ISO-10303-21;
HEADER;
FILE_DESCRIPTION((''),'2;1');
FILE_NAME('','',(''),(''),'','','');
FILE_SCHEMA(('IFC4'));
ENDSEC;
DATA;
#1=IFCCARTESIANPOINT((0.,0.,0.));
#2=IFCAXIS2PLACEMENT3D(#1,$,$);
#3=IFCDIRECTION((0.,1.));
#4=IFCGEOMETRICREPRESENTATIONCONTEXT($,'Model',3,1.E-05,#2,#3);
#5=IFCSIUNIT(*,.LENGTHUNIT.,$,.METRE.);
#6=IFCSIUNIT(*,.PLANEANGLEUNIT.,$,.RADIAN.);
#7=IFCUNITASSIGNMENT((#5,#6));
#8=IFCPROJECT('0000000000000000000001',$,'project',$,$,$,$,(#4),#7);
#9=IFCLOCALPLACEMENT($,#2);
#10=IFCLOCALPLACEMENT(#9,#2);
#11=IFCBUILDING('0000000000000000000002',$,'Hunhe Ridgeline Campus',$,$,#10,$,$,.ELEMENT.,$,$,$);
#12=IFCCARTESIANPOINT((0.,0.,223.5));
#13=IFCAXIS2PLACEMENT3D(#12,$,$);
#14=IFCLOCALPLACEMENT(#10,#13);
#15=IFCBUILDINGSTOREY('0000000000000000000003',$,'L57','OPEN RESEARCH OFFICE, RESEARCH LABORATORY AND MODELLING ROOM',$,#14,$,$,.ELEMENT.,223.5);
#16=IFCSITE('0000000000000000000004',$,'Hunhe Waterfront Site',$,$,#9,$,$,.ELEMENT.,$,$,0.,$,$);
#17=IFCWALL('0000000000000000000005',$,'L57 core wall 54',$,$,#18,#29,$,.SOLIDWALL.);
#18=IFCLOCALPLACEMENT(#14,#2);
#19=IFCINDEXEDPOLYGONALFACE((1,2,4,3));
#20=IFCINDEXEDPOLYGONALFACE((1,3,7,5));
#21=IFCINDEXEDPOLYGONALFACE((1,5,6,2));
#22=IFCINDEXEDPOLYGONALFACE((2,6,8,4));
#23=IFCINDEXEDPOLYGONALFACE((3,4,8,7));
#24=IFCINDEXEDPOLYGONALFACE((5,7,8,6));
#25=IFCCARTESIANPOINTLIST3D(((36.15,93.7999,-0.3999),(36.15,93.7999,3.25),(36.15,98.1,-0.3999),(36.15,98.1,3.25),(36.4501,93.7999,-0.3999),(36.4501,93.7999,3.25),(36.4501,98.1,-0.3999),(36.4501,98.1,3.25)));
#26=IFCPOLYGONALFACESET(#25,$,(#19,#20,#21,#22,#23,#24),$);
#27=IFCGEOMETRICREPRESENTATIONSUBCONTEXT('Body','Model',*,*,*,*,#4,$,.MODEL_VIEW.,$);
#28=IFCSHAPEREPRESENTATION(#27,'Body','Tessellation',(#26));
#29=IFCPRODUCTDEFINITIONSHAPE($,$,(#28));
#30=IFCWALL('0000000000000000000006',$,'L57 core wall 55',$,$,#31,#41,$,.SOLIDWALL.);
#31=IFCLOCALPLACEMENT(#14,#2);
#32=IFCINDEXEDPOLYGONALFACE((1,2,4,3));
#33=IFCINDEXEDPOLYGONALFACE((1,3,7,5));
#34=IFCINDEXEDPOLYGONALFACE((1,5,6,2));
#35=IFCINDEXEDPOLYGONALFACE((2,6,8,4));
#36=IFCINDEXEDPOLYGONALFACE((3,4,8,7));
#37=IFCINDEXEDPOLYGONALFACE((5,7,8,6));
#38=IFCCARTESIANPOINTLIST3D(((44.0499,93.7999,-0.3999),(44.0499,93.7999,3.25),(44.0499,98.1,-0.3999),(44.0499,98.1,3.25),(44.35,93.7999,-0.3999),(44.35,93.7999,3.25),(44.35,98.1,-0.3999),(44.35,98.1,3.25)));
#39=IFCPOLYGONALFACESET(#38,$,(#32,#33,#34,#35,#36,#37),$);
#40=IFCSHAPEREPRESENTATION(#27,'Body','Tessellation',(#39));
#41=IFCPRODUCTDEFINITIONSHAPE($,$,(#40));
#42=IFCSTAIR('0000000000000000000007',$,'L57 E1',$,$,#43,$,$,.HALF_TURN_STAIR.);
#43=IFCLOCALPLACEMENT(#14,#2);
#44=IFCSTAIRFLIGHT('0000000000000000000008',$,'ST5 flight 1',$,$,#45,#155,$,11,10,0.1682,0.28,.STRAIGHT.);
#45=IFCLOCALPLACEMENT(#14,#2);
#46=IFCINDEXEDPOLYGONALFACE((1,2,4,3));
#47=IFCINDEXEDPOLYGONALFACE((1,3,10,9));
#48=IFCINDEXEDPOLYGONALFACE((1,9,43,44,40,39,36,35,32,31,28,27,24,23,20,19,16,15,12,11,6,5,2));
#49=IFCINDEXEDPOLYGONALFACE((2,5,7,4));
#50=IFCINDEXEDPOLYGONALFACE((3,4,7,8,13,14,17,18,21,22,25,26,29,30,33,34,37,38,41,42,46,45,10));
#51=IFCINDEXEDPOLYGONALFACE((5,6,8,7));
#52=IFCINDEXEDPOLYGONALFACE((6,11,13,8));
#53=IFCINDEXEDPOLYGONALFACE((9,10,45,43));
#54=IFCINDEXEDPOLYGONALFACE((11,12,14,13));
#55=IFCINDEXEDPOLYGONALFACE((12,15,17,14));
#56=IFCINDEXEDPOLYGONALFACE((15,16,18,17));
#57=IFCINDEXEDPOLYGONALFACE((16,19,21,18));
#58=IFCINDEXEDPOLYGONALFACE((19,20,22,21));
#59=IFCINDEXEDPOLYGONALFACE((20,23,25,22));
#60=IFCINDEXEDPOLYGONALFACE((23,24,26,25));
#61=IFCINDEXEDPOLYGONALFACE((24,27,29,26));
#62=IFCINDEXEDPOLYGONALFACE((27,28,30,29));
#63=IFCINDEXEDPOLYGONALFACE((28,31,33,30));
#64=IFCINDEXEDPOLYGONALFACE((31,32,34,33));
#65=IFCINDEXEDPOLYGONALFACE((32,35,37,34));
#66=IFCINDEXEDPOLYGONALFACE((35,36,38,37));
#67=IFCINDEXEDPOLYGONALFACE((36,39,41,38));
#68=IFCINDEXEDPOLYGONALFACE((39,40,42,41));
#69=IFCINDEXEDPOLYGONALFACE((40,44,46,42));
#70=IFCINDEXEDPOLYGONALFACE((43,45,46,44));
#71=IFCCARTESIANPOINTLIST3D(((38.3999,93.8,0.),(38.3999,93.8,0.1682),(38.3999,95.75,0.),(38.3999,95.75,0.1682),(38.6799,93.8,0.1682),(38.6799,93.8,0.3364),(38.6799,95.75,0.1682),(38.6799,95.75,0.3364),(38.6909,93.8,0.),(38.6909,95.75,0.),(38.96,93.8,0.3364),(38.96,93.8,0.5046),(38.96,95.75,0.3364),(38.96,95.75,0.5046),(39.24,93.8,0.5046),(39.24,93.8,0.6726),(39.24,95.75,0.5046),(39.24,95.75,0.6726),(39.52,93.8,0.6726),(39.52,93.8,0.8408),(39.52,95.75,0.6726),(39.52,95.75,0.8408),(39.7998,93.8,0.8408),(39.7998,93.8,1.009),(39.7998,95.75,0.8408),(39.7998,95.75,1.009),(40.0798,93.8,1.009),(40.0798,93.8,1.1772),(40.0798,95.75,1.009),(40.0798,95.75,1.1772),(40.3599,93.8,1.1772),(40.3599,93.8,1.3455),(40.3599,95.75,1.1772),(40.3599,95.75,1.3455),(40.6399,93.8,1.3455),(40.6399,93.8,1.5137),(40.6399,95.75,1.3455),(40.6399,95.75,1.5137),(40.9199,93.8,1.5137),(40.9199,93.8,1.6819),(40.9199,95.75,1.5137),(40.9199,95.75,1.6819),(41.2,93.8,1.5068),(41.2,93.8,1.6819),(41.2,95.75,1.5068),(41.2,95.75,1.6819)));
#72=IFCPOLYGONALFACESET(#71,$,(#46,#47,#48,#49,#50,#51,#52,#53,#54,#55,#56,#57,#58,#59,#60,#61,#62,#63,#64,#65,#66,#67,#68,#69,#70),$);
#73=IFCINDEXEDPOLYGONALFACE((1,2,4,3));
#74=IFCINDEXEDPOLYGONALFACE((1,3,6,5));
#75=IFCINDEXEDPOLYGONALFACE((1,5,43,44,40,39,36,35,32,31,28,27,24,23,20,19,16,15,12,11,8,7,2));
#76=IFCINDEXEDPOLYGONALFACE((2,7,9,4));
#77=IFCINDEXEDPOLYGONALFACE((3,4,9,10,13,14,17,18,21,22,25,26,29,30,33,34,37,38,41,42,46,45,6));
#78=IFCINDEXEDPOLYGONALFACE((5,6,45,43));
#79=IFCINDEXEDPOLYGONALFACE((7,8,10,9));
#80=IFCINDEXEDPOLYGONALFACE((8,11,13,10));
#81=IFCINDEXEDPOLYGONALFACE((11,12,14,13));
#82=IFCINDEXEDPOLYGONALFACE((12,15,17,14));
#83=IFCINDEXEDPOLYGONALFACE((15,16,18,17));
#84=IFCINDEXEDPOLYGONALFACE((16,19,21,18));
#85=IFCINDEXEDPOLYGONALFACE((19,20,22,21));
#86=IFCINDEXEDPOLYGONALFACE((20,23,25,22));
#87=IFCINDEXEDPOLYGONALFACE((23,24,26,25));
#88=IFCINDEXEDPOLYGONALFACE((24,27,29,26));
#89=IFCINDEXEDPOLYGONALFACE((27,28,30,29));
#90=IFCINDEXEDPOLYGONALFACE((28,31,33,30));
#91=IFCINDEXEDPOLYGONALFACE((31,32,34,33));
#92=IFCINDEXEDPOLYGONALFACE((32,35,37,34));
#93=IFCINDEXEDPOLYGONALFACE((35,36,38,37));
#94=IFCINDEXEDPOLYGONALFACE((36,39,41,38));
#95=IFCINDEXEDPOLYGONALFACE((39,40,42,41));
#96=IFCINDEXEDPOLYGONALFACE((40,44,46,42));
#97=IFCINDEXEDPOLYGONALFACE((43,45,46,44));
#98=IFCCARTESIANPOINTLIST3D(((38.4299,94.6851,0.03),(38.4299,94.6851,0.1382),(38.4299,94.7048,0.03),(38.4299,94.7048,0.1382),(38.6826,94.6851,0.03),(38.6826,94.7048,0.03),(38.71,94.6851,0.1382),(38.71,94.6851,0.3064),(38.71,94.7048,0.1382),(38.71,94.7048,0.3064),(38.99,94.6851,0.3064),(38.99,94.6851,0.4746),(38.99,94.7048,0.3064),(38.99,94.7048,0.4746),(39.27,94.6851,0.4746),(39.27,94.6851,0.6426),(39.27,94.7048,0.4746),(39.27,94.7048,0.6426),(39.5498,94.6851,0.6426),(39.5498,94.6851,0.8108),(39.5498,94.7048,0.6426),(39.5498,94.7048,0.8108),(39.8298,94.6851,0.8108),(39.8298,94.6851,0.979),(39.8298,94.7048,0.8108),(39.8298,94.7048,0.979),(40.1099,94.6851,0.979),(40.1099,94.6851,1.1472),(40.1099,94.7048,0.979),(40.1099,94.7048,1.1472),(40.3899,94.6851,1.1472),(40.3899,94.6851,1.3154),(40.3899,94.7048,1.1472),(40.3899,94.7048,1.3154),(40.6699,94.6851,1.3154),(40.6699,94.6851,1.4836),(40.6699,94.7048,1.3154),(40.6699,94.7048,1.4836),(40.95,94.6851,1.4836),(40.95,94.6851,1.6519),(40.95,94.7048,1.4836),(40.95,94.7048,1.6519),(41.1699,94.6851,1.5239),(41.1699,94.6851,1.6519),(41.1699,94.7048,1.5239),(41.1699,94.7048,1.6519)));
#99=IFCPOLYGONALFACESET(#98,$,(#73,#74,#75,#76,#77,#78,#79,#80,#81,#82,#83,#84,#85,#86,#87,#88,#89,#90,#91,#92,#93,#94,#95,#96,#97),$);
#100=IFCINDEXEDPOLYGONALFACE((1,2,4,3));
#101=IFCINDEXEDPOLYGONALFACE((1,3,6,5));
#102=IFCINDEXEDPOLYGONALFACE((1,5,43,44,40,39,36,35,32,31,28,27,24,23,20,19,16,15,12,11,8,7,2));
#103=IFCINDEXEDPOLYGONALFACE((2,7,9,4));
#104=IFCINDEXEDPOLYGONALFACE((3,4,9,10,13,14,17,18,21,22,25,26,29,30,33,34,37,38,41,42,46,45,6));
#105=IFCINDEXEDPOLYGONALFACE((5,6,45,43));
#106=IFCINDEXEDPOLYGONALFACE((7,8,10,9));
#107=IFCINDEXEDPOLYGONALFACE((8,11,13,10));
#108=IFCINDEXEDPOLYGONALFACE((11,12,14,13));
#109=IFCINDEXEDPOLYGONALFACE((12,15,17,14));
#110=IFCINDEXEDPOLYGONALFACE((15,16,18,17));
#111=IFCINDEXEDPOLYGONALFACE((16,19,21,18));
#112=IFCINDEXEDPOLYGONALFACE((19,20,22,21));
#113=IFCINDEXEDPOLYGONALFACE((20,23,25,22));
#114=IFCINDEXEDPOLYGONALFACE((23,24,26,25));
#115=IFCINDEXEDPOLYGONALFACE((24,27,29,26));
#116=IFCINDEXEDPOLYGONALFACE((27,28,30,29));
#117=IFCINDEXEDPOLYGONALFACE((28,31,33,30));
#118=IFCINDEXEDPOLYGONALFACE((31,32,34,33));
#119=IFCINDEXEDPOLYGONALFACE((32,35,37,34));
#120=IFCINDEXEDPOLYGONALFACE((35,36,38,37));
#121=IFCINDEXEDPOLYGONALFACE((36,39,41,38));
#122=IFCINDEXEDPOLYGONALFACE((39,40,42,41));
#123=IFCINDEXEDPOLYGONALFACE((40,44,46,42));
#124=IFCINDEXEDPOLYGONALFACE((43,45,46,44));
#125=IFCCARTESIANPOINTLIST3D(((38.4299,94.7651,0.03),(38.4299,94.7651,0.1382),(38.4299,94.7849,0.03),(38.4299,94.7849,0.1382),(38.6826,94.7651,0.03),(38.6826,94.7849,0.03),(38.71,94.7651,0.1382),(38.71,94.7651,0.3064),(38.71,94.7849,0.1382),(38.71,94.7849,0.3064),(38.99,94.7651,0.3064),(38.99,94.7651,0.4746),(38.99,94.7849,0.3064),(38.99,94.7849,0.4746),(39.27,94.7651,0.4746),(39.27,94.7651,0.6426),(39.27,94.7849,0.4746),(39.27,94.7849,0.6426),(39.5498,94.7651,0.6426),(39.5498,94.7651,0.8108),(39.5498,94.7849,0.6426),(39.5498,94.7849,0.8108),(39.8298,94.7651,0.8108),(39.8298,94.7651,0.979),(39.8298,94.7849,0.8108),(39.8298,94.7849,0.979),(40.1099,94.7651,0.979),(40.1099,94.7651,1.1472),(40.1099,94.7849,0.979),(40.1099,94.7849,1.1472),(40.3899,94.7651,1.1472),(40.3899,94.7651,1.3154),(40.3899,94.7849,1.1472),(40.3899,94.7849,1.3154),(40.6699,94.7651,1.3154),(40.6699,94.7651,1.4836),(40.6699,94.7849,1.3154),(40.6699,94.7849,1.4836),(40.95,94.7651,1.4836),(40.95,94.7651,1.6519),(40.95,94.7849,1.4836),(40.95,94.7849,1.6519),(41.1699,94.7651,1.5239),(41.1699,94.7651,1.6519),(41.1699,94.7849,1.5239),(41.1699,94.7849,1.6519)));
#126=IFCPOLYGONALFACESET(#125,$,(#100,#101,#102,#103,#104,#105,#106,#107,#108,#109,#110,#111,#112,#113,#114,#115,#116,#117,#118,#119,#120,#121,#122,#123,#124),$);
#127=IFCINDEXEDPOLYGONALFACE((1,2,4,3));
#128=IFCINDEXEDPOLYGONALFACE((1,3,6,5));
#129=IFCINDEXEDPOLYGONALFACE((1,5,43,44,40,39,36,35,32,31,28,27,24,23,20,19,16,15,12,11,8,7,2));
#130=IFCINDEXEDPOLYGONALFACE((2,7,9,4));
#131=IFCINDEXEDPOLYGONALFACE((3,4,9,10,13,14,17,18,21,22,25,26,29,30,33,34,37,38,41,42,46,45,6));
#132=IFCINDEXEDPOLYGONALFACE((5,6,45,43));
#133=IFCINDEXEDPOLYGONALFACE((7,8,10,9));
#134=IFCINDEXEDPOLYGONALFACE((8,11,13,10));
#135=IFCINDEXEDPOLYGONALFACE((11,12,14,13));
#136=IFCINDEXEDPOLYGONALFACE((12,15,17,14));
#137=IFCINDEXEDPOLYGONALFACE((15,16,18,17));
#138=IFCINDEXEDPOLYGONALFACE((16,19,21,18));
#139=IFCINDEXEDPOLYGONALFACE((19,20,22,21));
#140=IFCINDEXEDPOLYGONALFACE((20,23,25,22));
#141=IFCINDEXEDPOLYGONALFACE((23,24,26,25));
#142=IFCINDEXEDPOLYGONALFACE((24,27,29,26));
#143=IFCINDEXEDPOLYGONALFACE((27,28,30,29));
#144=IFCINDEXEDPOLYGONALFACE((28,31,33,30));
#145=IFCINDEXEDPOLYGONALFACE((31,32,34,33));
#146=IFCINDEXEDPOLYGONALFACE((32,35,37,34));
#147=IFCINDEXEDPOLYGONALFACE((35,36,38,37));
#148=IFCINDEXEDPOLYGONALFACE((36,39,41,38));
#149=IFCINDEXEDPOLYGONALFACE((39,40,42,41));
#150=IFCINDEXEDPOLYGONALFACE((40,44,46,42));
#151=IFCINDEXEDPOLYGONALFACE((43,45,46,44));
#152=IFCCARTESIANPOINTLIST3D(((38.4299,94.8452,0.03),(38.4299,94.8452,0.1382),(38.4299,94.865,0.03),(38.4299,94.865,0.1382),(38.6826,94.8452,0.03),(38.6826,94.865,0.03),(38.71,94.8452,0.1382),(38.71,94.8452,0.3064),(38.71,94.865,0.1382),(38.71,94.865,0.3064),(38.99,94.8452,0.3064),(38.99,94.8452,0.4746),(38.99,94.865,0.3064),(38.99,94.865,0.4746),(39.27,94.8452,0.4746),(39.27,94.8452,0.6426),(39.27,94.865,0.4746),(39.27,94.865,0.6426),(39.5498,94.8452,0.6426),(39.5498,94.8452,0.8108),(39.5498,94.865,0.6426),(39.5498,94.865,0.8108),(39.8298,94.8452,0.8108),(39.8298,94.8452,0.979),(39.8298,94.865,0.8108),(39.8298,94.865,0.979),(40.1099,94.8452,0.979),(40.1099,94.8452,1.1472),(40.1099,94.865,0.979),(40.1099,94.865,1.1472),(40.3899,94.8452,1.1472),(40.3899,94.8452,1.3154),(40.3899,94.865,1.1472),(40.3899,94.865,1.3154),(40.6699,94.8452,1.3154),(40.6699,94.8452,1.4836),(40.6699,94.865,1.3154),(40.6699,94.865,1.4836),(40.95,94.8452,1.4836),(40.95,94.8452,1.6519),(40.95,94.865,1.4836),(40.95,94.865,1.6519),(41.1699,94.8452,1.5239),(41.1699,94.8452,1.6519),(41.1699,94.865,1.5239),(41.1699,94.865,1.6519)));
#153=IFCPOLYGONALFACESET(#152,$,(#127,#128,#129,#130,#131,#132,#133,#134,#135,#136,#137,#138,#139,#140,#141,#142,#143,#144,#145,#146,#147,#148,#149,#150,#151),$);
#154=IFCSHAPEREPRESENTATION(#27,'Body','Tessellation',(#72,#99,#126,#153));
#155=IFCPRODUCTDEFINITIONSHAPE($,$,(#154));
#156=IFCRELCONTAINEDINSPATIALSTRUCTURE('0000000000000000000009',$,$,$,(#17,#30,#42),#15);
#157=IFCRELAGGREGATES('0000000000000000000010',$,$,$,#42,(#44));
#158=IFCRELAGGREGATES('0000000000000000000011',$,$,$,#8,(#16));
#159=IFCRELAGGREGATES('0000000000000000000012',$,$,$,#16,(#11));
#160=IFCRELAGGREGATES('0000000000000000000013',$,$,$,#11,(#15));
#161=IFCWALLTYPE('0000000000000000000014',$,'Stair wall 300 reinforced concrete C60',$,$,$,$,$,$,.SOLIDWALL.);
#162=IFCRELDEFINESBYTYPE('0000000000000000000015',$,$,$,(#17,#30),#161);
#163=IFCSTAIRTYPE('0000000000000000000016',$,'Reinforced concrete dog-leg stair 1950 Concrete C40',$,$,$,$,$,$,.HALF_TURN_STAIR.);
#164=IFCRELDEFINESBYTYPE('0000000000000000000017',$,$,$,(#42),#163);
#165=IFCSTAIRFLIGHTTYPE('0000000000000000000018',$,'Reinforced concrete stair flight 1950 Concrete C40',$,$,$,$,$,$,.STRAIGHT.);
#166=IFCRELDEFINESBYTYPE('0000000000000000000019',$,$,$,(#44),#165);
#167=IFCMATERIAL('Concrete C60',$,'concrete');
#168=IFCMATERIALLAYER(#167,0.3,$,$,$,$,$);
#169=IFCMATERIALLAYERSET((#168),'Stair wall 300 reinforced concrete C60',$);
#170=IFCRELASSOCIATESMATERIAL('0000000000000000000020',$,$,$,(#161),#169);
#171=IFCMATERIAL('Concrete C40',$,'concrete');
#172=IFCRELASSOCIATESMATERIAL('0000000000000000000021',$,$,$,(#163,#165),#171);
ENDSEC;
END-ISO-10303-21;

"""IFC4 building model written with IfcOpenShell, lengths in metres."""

from ifc_helpers import new_model, si_unit, direction, frame, frame_2d, origin, place, context, subcontext, project, spatial, polyline, rectangle, outline, extrude, material, layer, layer_set, type_object, element, aggregate, save


model = new_model("IFC4")

# Units and contexts
model_context = context("Model", 3, precision=1e-05, world=origin(), true_north=direction((0.0, 1.0)))
body_context = subcontext(model_context, "Body", "Model", "MODEL_VIEW")
ifc_project = project(units=[si_unit("LENGTHUNIT", "METRE"), si_unit("PLANEANGLEUNIT", "RADIAN")], contexts=[model_context])

# Site, building, storey
site_placement = place(None, origin())
site = spatial("IfcSite", under=ifc_project, at=site_placement, Name="Hunhe Waterfront Site", CompositionType="ELEMENT", RefElevation=0.0)
building_placement = place(site_placement, origin())
building = spatial("IfcBuilding", under=site, at=building_placement, Name="Hunhe Ridgeline Campus", CompositionType="ELEMENT")
storey_placement = place(building_placement, frame((0.0, 0.0, 223.5)))
storey = spatial("IfcBuildingStorey", under=building, at=storey_placement, Name="L57", Description="OPEN RESEARCH OFFICE, RESEARCH LABORATORY AND MODELLING ROOM", CompositionType="ELEMENT", Elevation=223.5)

# Shared definitions
ifc_material_1 = material(Name="Concrete C60", Category="concrete")

# Shared definitions
ifc_layer_1 = layer(ifc_material_1, 0.3)
ifc_layer_set_1 = layer_set([ifc_layer_1], Name="Stair wall 300 reinforced concrete C60")
wall_type_1 = type_object("IfcWallType", Name="Stair wall 300 reinforced concrete C60", PredefinedType="SOLIDWALL", material=ifc_layer_set_1)

# Walls
for number, where, z_axis, x_axis, name in (
    (1, (36.3, 93.8, -0.3999), (0.0, 0.0, 1.0), (0.0, 1.0, 0.0), "L57 core wall 54"),
    (2, (44.2, 93.8, -0.3999), (0.0, 0.0, 1.0), (0.0, 1.0, 0.0), "L57 core wall 55"),
):
    element("IfcWall", number, at=place(storey_placement, frame(where, z_axis=z_axis, x_axis=x_axis)), inside=storey, type_object=wall_type_1, Name=name, PredefinedType="SOLIDWALL", context=body_context, shape_type="SweptSolid", body=[
        extrude(rectangle(XDim=4.3, YDim=0.3, at=frame_2d((2.1499, 0.0))), origin(), (0.0, 0.0, 1.0), 3.6499),
    ])

# Stair, stair flight
ifc_material_2 = material(Name="Concrete C40", Category="concrete")
stair_type = type_object("IfcStairType", Name="Reinforced concrete dog-leg stair 1950 Concrete C40", PredefinedType="HALF_TURN_STAIR", material=ifc_material_2)
stair_placement = place(storey_placement, origin())
stair = element("IfcStair", 3, at=stair_placement, inside=storey, type_object=stair_type, Name="L57 E1", PredefinedType="HALF_TURN_STAIR")
stair_flight_type = type_object("IfcStairFlightType", Name="Reinforced concrete stair flight 1950 Concrete C40", PredefinedType="STRAIGHT", material=ifc_material_2)
stair_flight_1_placement = place(storey_placement, frame((38.3999, 94.7749, 0.0), z_axis=(0.0, 0.0, 1.0), x_axis=(1.0, 0.0, 0.0)))
stair_flight_1 = element("IfcStairFlight", 4, at=stair_flight_1_placement, type_object=stair_flight_type, Name="ST5 flight 1", NumberOfRisers=11, NumberOfTreads=10, PredefinedType="STRAIGHT", RiserHeight=0.1682, TreadLength=0.28, context=body_context, shape_type="SweptSolid", body=[
    extrude(outline(polyline([(0.0, 0.0), (0.0, 0.1682), (0.28, 0.1682), (0.28, 0.3364), (0.5601, 0.3364), (0.5601, 0.5046), (0.8401, 0.5046), (0.8401, 0.6726), (1.1201, 0.6726), (1.1201, 0.8408), (1.3999, 0.8408), (1.3999, 1.009), (1.6799, 1.009), (1.6799, 1.1772), (1.96, 1.1772), (1.96, 1.3455), (2.24, 1.3455), (2.24, 1.5137), (2.52, 1.5137), (2.52, 1.6819), (2.8, 1.6819), (2.8, 1.8501), (2.8, 1.5068), (0.291, 0.0), (0.0, 0.0)])), frame((0.0, 0.9751, 0.0), z_axis=(0.0, -1.0, 0.0), x_axis=(1.0, 0.0, 0.0)), (0.0, 0.0, 1.0), 1.95),
    extrude(outline(polyline([(0.03, 0.03), (0.03, 0.1382), (0.3101, 0.1382), (0.3101, 0.3064), (0.5901, 0.3064), (0.5901, 0.4746), (0.8701, 0.4746), (0.8701, 0.6426), (1.1499, 0.6426), (1.1499, 0.8108), (1.4299, 0.8108), (1.4299, 0.979), (1.71, 0.979), (1.71, 1.1472), (1.99, 1.1472), (1.99, 1.3154), (2.27, 1.3154), (2.27, 1.4836), (2.55, 1.4836), (2.55, 1.6519), (2.77, 1.6519), (2.77, 1.5239), (0.2827, 0.03), (0.03, 0.03)])), frame((0.0, -0.0701, 0.0), z_axis=(0.0, -1.0, 0.0), x_axis=(1.0, 0.0, 0.0)), (0.0, 0.0, 1.0), 0.0198),
    extrude(outline(polyline([(0.03, 0.03), (0.03, 0.1382), (0.3101, 0.1382), (0.3101, 0.3064), (0.5901, 0.3064), (0.5901, 0.4746), (0.8701, 0.4746), (0.8701, 0.6426), (1.1499, 0.6426), (1.1499, 0.8108), (1.4299, 0.8108), (1.4299, 0.979), (1.71, 0.979), (1.71, 1.1472), (1.99, 1.1472), (1.99, 1.3154), (2.27, 1.3154), (2.27, 1.4836), (2.55, 1.4836), (2.55, 1.6519), (2.77, 1.6519), (2.77, 1.5239), (0.2827, 0.03), (0.03, 0.03)])), frame((0.0, 0.01, 0.0), z_axis=(0.0, -1.0, 0.0), x_axis=(1.0, 0.0, 0.0)), (0.0, 0.0, 1.0), 0.0198),
    extrude(outline(polyline([(0.03, 0.03), (0.03, 0.1382), (0.3101, 0.1382), (0.3101, 0.3064), (0.5901, 0.3064), (0.5901, 0.4746), (0.8701, 0.4746), (0.8701, 0.6426), (1.1499, 0.6426), (1.1499, 0.8108), (1.4299, 0.8108), (1.4299, 0.979), (1.71, 0.979), (1.71, 1.1472), (1.99, 1.1472), (1.99, 1.3154), (2.27, 1.3154), (2.27, 1.4836), (2.55, 1.4836), (2.55, 1.6519), (2.77, 1.6519), (2.77, 1.5239), (0.2827, 0.03), (0.03, 0.03)])), frame((0.0, 0.0901, 0.0), z_axis=(0.0, -1.0, 0.0), x_axis=(1.0, 0.0, 0.0)), (0.0, 0.0, 1.0), 0.0198),
])
aggregate(stair, [stair_flight_1])

save(model, "model.ifc")
